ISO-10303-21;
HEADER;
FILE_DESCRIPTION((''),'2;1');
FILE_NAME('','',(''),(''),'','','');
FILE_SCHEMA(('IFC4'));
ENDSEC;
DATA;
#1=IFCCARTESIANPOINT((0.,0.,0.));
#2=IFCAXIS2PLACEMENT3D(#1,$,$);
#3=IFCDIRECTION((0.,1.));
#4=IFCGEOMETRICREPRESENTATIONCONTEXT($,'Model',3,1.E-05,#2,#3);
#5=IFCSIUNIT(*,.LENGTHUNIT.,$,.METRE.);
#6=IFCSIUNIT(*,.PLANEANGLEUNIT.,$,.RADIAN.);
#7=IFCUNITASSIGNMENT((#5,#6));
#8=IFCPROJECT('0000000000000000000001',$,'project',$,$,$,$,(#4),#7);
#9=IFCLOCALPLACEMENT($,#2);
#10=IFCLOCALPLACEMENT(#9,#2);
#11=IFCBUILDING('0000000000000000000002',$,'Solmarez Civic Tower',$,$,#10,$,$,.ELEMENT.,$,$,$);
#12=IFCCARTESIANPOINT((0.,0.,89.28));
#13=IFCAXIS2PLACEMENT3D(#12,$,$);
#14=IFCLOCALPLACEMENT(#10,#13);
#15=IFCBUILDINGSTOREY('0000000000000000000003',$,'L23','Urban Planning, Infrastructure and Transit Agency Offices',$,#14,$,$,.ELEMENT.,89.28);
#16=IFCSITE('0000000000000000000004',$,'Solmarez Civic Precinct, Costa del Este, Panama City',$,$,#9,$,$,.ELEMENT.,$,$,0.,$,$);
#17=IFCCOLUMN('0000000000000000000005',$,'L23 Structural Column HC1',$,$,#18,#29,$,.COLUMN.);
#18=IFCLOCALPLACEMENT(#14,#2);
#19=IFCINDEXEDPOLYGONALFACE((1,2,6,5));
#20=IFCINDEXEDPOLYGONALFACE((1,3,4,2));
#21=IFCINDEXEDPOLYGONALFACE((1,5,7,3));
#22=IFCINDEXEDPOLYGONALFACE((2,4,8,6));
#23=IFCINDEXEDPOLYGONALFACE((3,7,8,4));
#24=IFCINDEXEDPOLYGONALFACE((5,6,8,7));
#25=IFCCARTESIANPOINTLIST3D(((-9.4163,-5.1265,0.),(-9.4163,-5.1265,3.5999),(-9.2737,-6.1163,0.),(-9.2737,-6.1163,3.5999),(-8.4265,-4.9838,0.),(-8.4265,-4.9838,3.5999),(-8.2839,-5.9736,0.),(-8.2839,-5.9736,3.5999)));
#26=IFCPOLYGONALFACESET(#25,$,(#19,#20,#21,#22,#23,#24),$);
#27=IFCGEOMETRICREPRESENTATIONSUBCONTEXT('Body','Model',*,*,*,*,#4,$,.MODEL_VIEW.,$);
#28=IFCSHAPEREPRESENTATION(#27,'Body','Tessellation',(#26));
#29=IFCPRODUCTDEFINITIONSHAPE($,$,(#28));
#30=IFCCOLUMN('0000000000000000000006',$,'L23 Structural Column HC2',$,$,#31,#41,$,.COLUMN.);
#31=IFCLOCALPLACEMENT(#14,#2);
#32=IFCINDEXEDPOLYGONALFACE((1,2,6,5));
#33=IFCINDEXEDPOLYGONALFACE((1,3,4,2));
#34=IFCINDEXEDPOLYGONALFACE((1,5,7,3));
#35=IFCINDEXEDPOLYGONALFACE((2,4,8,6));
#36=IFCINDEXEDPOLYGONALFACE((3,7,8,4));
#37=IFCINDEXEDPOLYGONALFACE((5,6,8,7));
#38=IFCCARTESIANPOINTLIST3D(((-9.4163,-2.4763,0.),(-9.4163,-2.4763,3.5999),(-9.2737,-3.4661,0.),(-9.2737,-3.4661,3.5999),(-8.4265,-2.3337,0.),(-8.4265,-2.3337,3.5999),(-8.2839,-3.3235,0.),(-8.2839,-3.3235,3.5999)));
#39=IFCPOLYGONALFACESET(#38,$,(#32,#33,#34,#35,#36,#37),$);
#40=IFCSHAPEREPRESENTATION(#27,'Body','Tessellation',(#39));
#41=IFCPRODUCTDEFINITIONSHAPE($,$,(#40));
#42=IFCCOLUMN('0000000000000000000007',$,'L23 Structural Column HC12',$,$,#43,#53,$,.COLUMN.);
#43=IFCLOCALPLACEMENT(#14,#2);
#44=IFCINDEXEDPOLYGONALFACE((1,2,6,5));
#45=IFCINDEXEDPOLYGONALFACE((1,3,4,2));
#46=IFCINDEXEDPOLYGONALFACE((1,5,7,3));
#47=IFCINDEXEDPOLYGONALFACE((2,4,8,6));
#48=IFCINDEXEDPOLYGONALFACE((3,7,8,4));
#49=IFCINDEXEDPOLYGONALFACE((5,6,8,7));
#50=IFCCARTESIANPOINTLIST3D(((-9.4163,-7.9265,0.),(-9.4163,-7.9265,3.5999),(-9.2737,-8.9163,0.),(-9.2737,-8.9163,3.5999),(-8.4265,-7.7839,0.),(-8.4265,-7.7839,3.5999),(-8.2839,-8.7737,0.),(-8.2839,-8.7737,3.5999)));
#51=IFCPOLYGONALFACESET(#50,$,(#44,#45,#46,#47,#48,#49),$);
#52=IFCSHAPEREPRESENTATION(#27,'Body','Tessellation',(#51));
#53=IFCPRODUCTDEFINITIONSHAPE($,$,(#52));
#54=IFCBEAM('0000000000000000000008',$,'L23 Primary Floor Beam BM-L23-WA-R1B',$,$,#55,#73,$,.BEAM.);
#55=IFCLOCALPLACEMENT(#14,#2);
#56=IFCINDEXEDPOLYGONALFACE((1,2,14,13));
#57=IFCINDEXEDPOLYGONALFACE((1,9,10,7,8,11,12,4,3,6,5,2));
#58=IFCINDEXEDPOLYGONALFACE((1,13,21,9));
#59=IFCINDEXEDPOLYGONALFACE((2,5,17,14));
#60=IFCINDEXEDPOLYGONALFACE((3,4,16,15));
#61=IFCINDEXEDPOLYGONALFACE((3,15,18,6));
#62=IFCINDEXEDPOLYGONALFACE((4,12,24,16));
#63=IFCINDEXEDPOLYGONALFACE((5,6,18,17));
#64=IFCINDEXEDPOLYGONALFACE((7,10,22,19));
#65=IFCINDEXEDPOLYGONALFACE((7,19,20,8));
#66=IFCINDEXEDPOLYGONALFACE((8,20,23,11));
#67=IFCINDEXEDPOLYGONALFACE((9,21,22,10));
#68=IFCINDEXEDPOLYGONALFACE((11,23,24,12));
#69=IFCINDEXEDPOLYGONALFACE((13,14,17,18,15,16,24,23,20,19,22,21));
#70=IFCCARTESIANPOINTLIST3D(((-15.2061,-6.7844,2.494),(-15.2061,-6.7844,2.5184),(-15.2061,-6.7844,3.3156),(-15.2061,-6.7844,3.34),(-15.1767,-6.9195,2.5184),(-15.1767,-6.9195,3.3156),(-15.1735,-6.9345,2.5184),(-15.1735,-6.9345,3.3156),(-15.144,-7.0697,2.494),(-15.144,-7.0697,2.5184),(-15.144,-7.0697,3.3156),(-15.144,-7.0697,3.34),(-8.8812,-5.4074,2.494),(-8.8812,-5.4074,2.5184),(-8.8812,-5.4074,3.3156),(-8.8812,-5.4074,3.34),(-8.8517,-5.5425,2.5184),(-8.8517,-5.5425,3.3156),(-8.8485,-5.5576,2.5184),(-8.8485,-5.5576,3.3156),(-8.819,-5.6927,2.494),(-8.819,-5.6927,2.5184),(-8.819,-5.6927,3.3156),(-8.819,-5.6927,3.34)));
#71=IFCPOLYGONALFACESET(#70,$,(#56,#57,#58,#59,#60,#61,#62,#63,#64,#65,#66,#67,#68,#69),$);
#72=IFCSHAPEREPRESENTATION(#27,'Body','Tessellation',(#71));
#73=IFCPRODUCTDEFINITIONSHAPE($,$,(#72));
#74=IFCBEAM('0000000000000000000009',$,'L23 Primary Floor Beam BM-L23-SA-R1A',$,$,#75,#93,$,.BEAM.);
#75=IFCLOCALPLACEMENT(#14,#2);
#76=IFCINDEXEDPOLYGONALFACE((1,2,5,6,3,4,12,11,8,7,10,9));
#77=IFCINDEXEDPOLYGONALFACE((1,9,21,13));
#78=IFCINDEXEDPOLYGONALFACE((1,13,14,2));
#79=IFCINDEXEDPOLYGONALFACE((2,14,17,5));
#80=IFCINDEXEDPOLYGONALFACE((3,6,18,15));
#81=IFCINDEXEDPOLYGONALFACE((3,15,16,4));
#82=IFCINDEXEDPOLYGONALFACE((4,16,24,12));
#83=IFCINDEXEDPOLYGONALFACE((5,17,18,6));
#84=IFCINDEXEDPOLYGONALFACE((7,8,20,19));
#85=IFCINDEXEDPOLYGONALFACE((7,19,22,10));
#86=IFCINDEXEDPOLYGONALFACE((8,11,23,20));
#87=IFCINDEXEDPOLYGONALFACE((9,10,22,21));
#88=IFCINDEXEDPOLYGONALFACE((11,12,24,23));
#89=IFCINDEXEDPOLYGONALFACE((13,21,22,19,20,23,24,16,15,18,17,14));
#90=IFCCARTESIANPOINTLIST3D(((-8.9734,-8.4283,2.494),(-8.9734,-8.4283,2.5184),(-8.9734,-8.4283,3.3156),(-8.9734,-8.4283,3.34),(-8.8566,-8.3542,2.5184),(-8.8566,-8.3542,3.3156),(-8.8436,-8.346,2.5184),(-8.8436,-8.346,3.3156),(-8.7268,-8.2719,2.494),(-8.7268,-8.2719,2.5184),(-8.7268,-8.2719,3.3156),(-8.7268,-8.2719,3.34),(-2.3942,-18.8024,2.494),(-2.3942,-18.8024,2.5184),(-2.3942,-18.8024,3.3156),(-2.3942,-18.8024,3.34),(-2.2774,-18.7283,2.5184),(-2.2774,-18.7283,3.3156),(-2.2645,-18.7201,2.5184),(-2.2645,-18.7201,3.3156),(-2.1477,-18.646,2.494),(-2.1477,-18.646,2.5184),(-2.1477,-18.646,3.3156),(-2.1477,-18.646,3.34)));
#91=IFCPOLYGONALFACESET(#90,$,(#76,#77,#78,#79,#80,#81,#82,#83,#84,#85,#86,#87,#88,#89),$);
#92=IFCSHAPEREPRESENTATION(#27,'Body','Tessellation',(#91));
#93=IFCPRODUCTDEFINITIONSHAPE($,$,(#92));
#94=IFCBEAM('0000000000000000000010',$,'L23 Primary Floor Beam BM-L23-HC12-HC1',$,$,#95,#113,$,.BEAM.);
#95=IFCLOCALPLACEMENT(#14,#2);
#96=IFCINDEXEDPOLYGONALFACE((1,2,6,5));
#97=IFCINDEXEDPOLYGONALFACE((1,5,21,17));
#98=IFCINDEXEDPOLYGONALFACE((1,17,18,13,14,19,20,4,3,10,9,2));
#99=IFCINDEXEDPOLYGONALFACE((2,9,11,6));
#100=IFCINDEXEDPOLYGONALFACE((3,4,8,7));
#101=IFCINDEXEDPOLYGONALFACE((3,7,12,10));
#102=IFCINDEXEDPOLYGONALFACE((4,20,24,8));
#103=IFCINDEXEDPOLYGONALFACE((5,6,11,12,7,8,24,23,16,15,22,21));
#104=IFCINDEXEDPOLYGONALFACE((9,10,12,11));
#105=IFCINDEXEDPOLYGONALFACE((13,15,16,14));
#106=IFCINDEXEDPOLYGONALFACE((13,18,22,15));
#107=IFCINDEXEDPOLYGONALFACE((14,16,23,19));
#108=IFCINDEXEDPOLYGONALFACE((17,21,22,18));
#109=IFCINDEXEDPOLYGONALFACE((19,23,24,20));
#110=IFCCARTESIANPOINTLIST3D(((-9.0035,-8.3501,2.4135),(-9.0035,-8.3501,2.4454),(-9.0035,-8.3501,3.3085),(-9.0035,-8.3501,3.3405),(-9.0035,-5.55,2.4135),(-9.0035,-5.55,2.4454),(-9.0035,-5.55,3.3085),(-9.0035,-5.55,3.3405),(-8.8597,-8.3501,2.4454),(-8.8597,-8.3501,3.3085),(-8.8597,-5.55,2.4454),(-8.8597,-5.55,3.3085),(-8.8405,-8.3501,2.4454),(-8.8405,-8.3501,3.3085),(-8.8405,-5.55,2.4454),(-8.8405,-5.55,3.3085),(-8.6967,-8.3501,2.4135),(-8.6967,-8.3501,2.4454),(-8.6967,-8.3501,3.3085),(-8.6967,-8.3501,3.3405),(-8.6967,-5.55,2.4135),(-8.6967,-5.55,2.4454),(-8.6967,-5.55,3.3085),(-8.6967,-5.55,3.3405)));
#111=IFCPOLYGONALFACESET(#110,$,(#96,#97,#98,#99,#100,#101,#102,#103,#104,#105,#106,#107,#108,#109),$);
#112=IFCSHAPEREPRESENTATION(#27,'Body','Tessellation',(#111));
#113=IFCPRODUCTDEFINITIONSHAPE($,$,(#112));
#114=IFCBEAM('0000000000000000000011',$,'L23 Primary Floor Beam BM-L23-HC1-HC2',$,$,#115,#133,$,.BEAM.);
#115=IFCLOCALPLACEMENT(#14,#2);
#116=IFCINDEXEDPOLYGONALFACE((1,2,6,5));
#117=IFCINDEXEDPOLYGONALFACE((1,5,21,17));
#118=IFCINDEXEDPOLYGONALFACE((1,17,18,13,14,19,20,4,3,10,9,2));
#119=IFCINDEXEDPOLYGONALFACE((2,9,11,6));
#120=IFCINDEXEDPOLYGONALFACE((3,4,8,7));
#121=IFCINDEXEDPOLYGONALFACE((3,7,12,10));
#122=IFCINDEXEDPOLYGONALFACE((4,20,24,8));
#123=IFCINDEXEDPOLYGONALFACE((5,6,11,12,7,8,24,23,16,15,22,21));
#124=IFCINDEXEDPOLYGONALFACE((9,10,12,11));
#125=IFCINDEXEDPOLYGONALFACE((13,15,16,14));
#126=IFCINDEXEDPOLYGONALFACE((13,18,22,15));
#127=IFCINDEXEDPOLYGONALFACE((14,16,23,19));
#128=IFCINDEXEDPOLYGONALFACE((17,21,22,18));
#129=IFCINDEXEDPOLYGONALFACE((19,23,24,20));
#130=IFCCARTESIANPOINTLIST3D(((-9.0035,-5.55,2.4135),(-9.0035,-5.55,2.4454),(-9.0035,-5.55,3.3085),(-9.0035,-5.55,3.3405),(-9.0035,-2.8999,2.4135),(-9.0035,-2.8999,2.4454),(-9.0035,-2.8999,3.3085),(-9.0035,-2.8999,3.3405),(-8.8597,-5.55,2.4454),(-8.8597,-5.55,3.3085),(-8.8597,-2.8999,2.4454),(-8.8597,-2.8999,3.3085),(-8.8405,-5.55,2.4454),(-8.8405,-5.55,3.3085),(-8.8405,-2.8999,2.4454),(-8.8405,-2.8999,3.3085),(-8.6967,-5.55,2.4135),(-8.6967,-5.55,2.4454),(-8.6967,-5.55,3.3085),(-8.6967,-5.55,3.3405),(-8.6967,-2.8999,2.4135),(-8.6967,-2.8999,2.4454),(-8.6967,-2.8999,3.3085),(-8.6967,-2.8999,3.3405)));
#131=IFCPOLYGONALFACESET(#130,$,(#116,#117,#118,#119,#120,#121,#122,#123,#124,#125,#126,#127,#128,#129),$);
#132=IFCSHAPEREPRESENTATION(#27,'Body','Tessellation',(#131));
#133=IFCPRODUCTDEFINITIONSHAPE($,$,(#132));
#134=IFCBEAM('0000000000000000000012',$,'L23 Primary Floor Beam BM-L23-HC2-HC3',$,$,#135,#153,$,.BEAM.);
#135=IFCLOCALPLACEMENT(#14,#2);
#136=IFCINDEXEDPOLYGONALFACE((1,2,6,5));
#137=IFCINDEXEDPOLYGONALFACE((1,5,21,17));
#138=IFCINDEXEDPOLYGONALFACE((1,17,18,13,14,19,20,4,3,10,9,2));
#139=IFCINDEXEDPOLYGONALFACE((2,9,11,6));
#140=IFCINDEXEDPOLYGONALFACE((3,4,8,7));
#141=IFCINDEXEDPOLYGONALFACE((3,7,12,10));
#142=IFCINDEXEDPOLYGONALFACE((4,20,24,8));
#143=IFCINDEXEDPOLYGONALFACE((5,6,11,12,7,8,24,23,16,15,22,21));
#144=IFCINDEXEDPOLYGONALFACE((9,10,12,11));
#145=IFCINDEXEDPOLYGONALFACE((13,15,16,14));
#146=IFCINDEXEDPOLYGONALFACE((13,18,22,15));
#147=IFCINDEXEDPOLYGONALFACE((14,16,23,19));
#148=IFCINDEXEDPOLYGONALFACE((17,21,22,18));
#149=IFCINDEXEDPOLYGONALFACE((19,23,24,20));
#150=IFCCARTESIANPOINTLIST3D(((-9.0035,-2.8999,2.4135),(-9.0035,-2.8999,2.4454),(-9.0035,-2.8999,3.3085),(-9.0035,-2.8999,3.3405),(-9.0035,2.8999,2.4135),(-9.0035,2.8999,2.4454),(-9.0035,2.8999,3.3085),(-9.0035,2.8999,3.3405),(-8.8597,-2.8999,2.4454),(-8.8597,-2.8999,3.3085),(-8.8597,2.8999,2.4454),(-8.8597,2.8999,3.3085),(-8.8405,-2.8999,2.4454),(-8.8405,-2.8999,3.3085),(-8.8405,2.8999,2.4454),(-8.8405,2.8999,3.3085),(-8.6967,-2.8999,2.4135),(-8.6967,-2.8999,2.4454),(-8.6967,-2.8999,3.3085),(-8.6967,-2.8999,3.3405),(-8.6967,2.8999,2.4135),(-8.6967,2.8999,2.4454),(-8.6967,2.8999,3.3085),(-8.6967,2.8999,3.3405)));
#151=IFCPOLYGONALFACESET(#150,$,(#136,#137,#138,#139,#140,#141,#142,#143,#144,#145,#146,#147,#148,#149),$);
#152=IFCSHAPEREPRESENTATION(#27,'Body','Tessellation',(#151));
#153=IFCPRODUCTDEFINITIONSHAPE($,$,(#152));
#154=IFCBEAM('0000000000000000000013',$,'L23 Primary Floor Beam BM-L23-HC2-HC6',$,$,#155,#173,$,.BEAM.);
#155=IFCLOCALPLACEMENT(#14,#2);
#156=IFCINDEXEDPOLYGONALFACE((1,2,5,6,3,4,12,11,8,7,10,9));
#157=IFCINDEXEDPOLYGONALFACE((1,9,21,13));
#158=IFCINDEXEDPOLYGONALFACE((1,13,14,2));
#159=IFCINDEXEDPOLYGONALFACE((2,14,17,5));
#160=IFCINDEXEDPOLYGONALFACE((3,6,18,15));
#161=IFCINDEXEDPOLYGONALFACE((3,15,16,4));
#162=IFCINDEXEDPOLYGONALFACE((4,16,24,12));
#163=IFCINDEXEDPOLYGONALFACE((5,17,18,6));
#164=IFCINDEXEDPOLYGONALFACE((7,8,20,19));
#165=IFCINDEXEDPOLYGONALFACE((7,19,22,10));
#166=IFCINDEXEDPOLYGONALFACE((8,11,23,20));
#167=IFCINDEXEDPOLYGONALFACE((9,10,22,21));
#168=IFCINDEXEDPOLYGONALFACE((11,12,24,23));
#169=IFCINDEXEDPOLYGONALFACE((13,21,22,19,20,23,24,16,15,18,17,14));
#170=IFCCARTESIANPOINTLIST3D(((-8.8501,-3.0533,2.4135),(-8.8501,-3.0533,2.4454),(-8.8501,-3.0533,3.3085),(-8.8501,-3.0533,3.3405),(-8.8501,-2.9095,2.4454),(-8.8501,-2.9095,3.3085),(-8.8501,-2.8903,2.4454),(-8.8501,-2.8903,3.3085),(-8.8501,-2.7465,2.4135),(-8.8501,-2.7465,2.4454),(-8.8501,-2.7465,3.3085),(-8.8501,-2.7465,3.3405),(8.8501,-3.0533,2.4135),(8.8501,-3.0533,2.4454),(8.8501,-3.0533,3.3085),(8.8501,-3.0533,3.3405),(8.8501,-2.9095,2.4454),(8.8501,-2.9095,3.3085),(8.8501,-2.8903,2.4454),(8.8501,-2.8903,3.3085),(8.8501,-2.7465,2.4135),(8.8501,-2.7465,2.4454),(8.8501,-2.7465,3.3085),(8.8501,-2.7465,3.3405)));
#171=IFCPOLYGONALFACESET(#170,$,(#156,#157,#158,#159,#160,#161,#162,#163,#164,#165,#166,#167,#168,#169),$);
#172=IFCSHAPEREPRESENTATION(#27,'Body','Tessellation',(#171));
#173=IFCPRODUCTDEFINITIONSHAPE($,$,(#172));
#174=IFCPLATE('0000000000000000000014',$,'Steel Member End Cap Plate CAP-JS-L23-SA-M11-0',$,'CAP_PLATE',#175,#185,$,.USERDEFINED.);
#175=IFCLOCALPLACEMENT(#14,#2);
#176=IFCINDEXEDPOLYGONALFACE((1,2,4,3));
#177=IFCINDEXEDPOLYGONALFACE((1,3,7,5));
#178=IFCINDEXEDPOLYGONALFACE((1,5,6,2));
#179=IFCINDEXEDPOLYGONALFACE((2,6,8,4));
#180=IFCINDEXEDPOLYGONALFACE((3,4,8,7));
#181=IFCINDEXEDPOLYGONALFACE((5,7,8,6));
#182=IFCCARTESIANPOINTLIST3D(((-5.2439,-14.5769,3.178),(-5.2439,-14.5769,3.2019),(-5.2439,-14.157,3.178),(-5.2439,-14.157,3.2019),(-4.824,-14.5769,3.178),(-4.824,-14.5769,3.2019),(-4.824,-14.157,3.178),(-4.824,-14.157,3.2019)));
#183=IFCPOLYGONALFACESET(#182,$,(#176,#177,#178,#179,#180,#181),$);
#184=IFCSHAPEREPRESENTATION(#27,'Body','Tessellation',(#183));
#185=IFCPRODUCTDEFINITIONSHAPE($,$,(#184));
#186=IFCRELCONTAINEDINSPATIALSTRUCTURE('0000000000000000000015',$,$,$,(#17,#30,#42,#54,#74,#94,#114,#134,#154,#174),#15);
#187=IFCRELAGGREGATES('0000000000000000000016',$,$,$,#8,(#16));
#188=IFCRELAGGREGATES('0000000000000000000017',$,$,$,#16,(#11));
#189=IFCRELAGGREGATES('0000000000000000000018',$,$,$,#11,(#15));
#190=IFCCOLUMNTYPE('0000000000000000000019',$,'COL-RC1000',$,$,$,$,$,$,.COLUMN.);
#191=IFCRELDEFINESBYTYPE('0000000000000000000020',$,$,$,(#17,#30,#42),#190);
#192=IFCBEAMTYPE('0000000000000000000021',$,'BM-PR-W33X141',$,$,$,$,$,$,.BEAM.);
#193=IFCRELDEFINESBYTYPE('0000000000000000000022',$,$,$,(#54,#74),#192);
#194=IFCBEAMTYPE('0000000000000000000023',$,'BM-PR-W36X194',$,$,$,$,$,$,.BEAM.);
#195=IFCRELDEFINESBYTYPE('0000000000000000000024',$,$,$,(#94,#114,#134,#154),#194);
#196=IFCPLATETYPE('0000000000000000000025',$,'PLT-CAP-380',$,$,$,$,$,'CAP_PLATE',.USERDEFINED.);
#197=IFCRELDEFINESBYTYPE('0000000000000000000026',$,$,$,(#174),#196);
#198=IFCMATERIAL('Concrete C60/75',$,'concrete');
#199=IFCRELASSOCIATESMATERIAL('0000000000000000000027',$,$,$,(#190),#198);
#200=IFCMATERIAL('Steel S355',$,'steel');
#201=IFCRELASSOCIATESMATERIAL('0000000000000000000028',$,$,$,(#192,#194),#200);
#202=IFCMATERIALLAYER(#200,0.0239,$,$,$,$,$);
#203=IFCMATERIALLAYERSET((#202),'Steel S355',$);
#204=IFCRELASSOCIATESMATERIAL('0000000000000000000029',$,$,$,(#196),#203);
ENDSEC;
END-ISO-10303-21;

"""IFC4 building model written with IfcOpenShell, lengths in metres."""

from ifc_helpers import new_model, si_unit, direction, frame, origin, origin_2d, place, context, subcontext, project, spatial, rectangle, i_section, extrude, material, layer, layer_set, material_profile, profile_set, type_object, element, save


model = new_model("IFC4")

# Units and contexts
model_context = context("Model", 3, precision=1e-05, world=origin(), true_north=direction((0.0, 1.0)))
body_context = subcontext(model_context, "Body", "Model", "MODEL_VIEW")
ifc_project = project(units=[si_unit("LENGTHUNIT", "METRE"), si_unit("PLANEANGLEUNIT", "RADIAN")], contexts=[model_context])

# Site, building, storey
site_placement = place(None, origin())
site = spatial("IfcSite", under=ifc_project, at=site_placement, Name="Solmarez Civic Precinct, Costa del Este, Panama City", CompositionType="ELEMENT", RefElevation=0.0)
building_placement = place(site_placement, origin())
building = spatial("IfcBuilding", under=site, at=building_placement, Name="Solmarez Civic Tower", CompositionType="ELEMENT")
storey_placement = place(building_placement, frame((0.0, 0.0, 89.28)))
storey = spatial("IfcBuildingStorey", under=building, at=storey_placement, Name="L23", Description="Urban Planning, Infrastructure and Transit Agency Offices", CompositionType="ELEMENT", Elevation=89.28)

# Columns
ifc_material_1 = material(Name="Concrete C60/75", Category="concrete")
ifc_material_profile_1 = material_profile(ifc_material_1, rectangle(XDim=1.0, YDim=1.0, at=origin_2d()), Name="RC1000X1000")
ifc_profile_set_1 = profile_set([ifc_material_profile_1], Name="Concrete C60/75")
column_type = type_object("IfcColumnType", Name="COL-RC1000", PredefinedType="COLUMN", material=ifc_profile_set_1)
for number, where, z_axis, x_axis, name in (
    (1, (-8.8501, -5.55, 0.0), (0.0, 0.0, 1.0), (0.989776, 0.142629, 0.0), "L23 Structural Column HC1"),
    (2, (-8.8501, -2.8999, 0.0), (0.0, 0.0, 1.0), (0.989776, 0.142629, 0.0), "L23 Structural Column HC2"),
    (3, (-8.8501, -8.3501, 0.0), (0.0, 0.0, 1.0), (0.989776, 0.142629, 0.0), "L23 Structural Column HC12"),
):
    element("IfcColumn", number, at=place(storey_placement, frame(where, z_axis=z_axis, x_axis=x_axis)), inside=storey, type_object=column_type, Name=name, PredefinedType="COLUMN", context=body_context, shape_type="SweptSolid", body=[
        extrude(rectangle(XDim=1.0, YDim=1.0, at=origin_2d()), origin(), (0.0, 0.0, 1.0), 3.5999),
    ])

# Beams
ifc_material_2 = material(Name="Steel S355", Category="steel")
ifc_material_profile_2 = material_profile(ifc_material_2, i_section(OverallWidth=0.292, OverallDepth=0.8459, WebThickness=0.0154, FlangeThickness=0.0244, at=origin_2d()), Name="W33X141")
ifc_profile_set_2 = profile_set([ifc_material_profile_2], Name="Steel S355")
beam_type_1 = type_object("IfcBeamType", Name="BM-PR-W33X141", PredefinedType="BEAM", material=ifc_profile_set_2)
beam_1_placement = place(storey_placement, frame((-8.8501, -5.55, 2.917), z_axis=(-0.977113, -0.212719, 0.0), x_axis=(0.212719, -0.977113, 0.0)))
element("IfcBeam", 4, at=beam_1_placement, inside=storey, type_object=beam_type_1, Name="L23 Primary Floor Beam BM-L23-WA-R1B", PredefinedType="BEAM", context=body_context, shape_type="SweptSolid", body=[
    extrude(i_section(OverallWidth=0.292, OverallDepth=0.8459, WebThickness=0.0154, FlangeThickness=0.0244, at=origin_2d()), origin(), (0.0, 0.0, 1.0), 6.4731),
])
beam_2_placement = place(storey_placement, frame((-8.8501, -8.3501, 2.917), z_axis=(0.535568, -0.844492, 0.0), x_axis=(0.844492, 0.535568, 0.0)))
element("IfcBeam", 5, at=beam_2_placement, inside=storey, type_object=beam_type_1, Name="L23 Primary Floor Beam BM-L23-SA-R1A", PredefinedType="BEAM", context=body_context, shape_type="SweptSolid", body=[
    extrude(i_section(OverallWidth=0.292, OverallDepth=0.8459, WebThickness=0.0154, FlangeThickness=0.0244, at=origin_2d()), origin(), (0.0, 0.0, 1.0), 12.2844),
])
ifc_material_profile_3 = material_profile(ifc_material_2, i_section(OverallWidth=0.3069, OverallDepth=0.927, WebThickness=0.0193, FlangeThickness=0.032, at=origin_2d()), Name="W36X194")
ifc_profile_set_3 = profile_set([ifc_material_profile_3], Name="Steel S355")
beam_type_2 = type_object("IfcBeamType", Name="BM-PR-W36X194", PredefinedType="BEAM", material=ifc_profile_set_3)
beam_3_placement = place(storey_placement, frame((-8.8501, -8.3501, 2.877), z_axis=(0.0, 1.0, 0.0), x_axis=(-1.0, 0.0, 0.0)))
element("IfcBeam", 6, at=beam_3_placement, inside=storey, type_object=beam_type_2, Name="L23 Primary Floor Beam BM-L23-HC12-HC1", PredefinedType="BEAM", context=body_context, shape_type="SweptSolid", body=[
    extrude(i_section(OverallWidth=0.3069, OverallDepth=0.927, WebThickness=0.0193, FlangeThickness=0.032, at=origin_2d()), origin(), (0.0, 0.0, 1.0), 2.8),
])
beam_4_placement = place(storey_placement, frame((-8.8501, -5.55, 2.877), z_axis=(0.0, 1.0, 0.0), x_axis=(-1.0, 0.0, 0.0)))
element("IfcBeam", 7, at=beam_4_placement, inside=storey, type_object=beam_type_2, Name="L23 Primary Floor Beam BM-L23-HC1-HC2", PredefinedType="BEAM", context=body_context, shape_type="SweptSolid", body=[
    extrude(i_section(OverallWidth=0.3069, OverallDepth=0.927, WebThickness=0.0193, FlangeThickness=0.032, at=origin_2d()), origin(), (0.0, 0.0, 1.0), 2.6501),
])
beam_5_placement = place(storey_placement, frame((-8.8501, -2.8999, 2.877), z_axis=(0.0, 1.0, 0.0), x_axis=(-1.0, 0.0, 0.0)))
element("IfcBeam", 8, at=beam_5_placement, inside=storey, type_object=beam_type_2, Name="L23 Primary Floor Beam BM-L23-HC2-HC3", PredefinedType="BEAM", context=body_context, shape_type="SweptSolid", body=[
    extrude(i_section(OverallWidth=0.3069, OverallDepth=0.927, WebThickness=0.0193, FlangeThickness=0.032, at=origin_2d()), origin(), (0.0, 0.0, 1.0), 5.7998),
])
beam_6_placement = place(storey_placement, frame((-8.8501, -2.8999, 2.877), z_axis=(1.0, 0.0, 0.0), x_axis=(0.0, 1.0, 0.0)))
element("IfcBeam", 9, at=beam_6_placement, inside=storey, type_object=beam_type_2, Name="L23 Primary Floor Beam BM-L23-HC2-HC6", PredefinedType="BEAM", context=body_context, shape_type="SweptSolid", body=[
    extrude(i_section(OverallWidth=0.3069, OverallDepth=0.927, WebThickness=0.0193, FlangeThickness=0.032, at=origin_2d()), origin(), (0.0, 0.0, 1.0), 17.7002),
])

# Plate
ifc_layer_1 = layer(ifc_material_2, 0.0239)
ifc_layer_set_1 = layer_set([ifc_layer_1], Name="Steel S355")
plate_type = type_object("IfcPlateType", Name="PLT-CAP-380", ElementType="CAP_PLATE", PredefinedType="USERDEFINED", material=ifc_layer_set_1)
plate_placement = place(storey_placement, frame((-5.0339, -14.3669, 3.178), z_axis=(0.0, 0.0, 1.0), x_axis=(1.0, 0.0, 0.0)))
element("IfcPlate", 10, at=plate_placement, inside=storey, type_object=plate_type, Name="Steel Member End Cap Plate CAP-JS-L23-SA-M11-0", ObjectType="CAP_PLATE", PredefinedType="USERDEFINED", context=body_context, shape_type="SweptSolid", body=[
    extrude(rectangle(XDim=0.4199, YDim=0.4199, at=origin_2d()), origin(), (0.0, 0.0, 1.0), 0.0239),
])

save(model, "model.ifc")
